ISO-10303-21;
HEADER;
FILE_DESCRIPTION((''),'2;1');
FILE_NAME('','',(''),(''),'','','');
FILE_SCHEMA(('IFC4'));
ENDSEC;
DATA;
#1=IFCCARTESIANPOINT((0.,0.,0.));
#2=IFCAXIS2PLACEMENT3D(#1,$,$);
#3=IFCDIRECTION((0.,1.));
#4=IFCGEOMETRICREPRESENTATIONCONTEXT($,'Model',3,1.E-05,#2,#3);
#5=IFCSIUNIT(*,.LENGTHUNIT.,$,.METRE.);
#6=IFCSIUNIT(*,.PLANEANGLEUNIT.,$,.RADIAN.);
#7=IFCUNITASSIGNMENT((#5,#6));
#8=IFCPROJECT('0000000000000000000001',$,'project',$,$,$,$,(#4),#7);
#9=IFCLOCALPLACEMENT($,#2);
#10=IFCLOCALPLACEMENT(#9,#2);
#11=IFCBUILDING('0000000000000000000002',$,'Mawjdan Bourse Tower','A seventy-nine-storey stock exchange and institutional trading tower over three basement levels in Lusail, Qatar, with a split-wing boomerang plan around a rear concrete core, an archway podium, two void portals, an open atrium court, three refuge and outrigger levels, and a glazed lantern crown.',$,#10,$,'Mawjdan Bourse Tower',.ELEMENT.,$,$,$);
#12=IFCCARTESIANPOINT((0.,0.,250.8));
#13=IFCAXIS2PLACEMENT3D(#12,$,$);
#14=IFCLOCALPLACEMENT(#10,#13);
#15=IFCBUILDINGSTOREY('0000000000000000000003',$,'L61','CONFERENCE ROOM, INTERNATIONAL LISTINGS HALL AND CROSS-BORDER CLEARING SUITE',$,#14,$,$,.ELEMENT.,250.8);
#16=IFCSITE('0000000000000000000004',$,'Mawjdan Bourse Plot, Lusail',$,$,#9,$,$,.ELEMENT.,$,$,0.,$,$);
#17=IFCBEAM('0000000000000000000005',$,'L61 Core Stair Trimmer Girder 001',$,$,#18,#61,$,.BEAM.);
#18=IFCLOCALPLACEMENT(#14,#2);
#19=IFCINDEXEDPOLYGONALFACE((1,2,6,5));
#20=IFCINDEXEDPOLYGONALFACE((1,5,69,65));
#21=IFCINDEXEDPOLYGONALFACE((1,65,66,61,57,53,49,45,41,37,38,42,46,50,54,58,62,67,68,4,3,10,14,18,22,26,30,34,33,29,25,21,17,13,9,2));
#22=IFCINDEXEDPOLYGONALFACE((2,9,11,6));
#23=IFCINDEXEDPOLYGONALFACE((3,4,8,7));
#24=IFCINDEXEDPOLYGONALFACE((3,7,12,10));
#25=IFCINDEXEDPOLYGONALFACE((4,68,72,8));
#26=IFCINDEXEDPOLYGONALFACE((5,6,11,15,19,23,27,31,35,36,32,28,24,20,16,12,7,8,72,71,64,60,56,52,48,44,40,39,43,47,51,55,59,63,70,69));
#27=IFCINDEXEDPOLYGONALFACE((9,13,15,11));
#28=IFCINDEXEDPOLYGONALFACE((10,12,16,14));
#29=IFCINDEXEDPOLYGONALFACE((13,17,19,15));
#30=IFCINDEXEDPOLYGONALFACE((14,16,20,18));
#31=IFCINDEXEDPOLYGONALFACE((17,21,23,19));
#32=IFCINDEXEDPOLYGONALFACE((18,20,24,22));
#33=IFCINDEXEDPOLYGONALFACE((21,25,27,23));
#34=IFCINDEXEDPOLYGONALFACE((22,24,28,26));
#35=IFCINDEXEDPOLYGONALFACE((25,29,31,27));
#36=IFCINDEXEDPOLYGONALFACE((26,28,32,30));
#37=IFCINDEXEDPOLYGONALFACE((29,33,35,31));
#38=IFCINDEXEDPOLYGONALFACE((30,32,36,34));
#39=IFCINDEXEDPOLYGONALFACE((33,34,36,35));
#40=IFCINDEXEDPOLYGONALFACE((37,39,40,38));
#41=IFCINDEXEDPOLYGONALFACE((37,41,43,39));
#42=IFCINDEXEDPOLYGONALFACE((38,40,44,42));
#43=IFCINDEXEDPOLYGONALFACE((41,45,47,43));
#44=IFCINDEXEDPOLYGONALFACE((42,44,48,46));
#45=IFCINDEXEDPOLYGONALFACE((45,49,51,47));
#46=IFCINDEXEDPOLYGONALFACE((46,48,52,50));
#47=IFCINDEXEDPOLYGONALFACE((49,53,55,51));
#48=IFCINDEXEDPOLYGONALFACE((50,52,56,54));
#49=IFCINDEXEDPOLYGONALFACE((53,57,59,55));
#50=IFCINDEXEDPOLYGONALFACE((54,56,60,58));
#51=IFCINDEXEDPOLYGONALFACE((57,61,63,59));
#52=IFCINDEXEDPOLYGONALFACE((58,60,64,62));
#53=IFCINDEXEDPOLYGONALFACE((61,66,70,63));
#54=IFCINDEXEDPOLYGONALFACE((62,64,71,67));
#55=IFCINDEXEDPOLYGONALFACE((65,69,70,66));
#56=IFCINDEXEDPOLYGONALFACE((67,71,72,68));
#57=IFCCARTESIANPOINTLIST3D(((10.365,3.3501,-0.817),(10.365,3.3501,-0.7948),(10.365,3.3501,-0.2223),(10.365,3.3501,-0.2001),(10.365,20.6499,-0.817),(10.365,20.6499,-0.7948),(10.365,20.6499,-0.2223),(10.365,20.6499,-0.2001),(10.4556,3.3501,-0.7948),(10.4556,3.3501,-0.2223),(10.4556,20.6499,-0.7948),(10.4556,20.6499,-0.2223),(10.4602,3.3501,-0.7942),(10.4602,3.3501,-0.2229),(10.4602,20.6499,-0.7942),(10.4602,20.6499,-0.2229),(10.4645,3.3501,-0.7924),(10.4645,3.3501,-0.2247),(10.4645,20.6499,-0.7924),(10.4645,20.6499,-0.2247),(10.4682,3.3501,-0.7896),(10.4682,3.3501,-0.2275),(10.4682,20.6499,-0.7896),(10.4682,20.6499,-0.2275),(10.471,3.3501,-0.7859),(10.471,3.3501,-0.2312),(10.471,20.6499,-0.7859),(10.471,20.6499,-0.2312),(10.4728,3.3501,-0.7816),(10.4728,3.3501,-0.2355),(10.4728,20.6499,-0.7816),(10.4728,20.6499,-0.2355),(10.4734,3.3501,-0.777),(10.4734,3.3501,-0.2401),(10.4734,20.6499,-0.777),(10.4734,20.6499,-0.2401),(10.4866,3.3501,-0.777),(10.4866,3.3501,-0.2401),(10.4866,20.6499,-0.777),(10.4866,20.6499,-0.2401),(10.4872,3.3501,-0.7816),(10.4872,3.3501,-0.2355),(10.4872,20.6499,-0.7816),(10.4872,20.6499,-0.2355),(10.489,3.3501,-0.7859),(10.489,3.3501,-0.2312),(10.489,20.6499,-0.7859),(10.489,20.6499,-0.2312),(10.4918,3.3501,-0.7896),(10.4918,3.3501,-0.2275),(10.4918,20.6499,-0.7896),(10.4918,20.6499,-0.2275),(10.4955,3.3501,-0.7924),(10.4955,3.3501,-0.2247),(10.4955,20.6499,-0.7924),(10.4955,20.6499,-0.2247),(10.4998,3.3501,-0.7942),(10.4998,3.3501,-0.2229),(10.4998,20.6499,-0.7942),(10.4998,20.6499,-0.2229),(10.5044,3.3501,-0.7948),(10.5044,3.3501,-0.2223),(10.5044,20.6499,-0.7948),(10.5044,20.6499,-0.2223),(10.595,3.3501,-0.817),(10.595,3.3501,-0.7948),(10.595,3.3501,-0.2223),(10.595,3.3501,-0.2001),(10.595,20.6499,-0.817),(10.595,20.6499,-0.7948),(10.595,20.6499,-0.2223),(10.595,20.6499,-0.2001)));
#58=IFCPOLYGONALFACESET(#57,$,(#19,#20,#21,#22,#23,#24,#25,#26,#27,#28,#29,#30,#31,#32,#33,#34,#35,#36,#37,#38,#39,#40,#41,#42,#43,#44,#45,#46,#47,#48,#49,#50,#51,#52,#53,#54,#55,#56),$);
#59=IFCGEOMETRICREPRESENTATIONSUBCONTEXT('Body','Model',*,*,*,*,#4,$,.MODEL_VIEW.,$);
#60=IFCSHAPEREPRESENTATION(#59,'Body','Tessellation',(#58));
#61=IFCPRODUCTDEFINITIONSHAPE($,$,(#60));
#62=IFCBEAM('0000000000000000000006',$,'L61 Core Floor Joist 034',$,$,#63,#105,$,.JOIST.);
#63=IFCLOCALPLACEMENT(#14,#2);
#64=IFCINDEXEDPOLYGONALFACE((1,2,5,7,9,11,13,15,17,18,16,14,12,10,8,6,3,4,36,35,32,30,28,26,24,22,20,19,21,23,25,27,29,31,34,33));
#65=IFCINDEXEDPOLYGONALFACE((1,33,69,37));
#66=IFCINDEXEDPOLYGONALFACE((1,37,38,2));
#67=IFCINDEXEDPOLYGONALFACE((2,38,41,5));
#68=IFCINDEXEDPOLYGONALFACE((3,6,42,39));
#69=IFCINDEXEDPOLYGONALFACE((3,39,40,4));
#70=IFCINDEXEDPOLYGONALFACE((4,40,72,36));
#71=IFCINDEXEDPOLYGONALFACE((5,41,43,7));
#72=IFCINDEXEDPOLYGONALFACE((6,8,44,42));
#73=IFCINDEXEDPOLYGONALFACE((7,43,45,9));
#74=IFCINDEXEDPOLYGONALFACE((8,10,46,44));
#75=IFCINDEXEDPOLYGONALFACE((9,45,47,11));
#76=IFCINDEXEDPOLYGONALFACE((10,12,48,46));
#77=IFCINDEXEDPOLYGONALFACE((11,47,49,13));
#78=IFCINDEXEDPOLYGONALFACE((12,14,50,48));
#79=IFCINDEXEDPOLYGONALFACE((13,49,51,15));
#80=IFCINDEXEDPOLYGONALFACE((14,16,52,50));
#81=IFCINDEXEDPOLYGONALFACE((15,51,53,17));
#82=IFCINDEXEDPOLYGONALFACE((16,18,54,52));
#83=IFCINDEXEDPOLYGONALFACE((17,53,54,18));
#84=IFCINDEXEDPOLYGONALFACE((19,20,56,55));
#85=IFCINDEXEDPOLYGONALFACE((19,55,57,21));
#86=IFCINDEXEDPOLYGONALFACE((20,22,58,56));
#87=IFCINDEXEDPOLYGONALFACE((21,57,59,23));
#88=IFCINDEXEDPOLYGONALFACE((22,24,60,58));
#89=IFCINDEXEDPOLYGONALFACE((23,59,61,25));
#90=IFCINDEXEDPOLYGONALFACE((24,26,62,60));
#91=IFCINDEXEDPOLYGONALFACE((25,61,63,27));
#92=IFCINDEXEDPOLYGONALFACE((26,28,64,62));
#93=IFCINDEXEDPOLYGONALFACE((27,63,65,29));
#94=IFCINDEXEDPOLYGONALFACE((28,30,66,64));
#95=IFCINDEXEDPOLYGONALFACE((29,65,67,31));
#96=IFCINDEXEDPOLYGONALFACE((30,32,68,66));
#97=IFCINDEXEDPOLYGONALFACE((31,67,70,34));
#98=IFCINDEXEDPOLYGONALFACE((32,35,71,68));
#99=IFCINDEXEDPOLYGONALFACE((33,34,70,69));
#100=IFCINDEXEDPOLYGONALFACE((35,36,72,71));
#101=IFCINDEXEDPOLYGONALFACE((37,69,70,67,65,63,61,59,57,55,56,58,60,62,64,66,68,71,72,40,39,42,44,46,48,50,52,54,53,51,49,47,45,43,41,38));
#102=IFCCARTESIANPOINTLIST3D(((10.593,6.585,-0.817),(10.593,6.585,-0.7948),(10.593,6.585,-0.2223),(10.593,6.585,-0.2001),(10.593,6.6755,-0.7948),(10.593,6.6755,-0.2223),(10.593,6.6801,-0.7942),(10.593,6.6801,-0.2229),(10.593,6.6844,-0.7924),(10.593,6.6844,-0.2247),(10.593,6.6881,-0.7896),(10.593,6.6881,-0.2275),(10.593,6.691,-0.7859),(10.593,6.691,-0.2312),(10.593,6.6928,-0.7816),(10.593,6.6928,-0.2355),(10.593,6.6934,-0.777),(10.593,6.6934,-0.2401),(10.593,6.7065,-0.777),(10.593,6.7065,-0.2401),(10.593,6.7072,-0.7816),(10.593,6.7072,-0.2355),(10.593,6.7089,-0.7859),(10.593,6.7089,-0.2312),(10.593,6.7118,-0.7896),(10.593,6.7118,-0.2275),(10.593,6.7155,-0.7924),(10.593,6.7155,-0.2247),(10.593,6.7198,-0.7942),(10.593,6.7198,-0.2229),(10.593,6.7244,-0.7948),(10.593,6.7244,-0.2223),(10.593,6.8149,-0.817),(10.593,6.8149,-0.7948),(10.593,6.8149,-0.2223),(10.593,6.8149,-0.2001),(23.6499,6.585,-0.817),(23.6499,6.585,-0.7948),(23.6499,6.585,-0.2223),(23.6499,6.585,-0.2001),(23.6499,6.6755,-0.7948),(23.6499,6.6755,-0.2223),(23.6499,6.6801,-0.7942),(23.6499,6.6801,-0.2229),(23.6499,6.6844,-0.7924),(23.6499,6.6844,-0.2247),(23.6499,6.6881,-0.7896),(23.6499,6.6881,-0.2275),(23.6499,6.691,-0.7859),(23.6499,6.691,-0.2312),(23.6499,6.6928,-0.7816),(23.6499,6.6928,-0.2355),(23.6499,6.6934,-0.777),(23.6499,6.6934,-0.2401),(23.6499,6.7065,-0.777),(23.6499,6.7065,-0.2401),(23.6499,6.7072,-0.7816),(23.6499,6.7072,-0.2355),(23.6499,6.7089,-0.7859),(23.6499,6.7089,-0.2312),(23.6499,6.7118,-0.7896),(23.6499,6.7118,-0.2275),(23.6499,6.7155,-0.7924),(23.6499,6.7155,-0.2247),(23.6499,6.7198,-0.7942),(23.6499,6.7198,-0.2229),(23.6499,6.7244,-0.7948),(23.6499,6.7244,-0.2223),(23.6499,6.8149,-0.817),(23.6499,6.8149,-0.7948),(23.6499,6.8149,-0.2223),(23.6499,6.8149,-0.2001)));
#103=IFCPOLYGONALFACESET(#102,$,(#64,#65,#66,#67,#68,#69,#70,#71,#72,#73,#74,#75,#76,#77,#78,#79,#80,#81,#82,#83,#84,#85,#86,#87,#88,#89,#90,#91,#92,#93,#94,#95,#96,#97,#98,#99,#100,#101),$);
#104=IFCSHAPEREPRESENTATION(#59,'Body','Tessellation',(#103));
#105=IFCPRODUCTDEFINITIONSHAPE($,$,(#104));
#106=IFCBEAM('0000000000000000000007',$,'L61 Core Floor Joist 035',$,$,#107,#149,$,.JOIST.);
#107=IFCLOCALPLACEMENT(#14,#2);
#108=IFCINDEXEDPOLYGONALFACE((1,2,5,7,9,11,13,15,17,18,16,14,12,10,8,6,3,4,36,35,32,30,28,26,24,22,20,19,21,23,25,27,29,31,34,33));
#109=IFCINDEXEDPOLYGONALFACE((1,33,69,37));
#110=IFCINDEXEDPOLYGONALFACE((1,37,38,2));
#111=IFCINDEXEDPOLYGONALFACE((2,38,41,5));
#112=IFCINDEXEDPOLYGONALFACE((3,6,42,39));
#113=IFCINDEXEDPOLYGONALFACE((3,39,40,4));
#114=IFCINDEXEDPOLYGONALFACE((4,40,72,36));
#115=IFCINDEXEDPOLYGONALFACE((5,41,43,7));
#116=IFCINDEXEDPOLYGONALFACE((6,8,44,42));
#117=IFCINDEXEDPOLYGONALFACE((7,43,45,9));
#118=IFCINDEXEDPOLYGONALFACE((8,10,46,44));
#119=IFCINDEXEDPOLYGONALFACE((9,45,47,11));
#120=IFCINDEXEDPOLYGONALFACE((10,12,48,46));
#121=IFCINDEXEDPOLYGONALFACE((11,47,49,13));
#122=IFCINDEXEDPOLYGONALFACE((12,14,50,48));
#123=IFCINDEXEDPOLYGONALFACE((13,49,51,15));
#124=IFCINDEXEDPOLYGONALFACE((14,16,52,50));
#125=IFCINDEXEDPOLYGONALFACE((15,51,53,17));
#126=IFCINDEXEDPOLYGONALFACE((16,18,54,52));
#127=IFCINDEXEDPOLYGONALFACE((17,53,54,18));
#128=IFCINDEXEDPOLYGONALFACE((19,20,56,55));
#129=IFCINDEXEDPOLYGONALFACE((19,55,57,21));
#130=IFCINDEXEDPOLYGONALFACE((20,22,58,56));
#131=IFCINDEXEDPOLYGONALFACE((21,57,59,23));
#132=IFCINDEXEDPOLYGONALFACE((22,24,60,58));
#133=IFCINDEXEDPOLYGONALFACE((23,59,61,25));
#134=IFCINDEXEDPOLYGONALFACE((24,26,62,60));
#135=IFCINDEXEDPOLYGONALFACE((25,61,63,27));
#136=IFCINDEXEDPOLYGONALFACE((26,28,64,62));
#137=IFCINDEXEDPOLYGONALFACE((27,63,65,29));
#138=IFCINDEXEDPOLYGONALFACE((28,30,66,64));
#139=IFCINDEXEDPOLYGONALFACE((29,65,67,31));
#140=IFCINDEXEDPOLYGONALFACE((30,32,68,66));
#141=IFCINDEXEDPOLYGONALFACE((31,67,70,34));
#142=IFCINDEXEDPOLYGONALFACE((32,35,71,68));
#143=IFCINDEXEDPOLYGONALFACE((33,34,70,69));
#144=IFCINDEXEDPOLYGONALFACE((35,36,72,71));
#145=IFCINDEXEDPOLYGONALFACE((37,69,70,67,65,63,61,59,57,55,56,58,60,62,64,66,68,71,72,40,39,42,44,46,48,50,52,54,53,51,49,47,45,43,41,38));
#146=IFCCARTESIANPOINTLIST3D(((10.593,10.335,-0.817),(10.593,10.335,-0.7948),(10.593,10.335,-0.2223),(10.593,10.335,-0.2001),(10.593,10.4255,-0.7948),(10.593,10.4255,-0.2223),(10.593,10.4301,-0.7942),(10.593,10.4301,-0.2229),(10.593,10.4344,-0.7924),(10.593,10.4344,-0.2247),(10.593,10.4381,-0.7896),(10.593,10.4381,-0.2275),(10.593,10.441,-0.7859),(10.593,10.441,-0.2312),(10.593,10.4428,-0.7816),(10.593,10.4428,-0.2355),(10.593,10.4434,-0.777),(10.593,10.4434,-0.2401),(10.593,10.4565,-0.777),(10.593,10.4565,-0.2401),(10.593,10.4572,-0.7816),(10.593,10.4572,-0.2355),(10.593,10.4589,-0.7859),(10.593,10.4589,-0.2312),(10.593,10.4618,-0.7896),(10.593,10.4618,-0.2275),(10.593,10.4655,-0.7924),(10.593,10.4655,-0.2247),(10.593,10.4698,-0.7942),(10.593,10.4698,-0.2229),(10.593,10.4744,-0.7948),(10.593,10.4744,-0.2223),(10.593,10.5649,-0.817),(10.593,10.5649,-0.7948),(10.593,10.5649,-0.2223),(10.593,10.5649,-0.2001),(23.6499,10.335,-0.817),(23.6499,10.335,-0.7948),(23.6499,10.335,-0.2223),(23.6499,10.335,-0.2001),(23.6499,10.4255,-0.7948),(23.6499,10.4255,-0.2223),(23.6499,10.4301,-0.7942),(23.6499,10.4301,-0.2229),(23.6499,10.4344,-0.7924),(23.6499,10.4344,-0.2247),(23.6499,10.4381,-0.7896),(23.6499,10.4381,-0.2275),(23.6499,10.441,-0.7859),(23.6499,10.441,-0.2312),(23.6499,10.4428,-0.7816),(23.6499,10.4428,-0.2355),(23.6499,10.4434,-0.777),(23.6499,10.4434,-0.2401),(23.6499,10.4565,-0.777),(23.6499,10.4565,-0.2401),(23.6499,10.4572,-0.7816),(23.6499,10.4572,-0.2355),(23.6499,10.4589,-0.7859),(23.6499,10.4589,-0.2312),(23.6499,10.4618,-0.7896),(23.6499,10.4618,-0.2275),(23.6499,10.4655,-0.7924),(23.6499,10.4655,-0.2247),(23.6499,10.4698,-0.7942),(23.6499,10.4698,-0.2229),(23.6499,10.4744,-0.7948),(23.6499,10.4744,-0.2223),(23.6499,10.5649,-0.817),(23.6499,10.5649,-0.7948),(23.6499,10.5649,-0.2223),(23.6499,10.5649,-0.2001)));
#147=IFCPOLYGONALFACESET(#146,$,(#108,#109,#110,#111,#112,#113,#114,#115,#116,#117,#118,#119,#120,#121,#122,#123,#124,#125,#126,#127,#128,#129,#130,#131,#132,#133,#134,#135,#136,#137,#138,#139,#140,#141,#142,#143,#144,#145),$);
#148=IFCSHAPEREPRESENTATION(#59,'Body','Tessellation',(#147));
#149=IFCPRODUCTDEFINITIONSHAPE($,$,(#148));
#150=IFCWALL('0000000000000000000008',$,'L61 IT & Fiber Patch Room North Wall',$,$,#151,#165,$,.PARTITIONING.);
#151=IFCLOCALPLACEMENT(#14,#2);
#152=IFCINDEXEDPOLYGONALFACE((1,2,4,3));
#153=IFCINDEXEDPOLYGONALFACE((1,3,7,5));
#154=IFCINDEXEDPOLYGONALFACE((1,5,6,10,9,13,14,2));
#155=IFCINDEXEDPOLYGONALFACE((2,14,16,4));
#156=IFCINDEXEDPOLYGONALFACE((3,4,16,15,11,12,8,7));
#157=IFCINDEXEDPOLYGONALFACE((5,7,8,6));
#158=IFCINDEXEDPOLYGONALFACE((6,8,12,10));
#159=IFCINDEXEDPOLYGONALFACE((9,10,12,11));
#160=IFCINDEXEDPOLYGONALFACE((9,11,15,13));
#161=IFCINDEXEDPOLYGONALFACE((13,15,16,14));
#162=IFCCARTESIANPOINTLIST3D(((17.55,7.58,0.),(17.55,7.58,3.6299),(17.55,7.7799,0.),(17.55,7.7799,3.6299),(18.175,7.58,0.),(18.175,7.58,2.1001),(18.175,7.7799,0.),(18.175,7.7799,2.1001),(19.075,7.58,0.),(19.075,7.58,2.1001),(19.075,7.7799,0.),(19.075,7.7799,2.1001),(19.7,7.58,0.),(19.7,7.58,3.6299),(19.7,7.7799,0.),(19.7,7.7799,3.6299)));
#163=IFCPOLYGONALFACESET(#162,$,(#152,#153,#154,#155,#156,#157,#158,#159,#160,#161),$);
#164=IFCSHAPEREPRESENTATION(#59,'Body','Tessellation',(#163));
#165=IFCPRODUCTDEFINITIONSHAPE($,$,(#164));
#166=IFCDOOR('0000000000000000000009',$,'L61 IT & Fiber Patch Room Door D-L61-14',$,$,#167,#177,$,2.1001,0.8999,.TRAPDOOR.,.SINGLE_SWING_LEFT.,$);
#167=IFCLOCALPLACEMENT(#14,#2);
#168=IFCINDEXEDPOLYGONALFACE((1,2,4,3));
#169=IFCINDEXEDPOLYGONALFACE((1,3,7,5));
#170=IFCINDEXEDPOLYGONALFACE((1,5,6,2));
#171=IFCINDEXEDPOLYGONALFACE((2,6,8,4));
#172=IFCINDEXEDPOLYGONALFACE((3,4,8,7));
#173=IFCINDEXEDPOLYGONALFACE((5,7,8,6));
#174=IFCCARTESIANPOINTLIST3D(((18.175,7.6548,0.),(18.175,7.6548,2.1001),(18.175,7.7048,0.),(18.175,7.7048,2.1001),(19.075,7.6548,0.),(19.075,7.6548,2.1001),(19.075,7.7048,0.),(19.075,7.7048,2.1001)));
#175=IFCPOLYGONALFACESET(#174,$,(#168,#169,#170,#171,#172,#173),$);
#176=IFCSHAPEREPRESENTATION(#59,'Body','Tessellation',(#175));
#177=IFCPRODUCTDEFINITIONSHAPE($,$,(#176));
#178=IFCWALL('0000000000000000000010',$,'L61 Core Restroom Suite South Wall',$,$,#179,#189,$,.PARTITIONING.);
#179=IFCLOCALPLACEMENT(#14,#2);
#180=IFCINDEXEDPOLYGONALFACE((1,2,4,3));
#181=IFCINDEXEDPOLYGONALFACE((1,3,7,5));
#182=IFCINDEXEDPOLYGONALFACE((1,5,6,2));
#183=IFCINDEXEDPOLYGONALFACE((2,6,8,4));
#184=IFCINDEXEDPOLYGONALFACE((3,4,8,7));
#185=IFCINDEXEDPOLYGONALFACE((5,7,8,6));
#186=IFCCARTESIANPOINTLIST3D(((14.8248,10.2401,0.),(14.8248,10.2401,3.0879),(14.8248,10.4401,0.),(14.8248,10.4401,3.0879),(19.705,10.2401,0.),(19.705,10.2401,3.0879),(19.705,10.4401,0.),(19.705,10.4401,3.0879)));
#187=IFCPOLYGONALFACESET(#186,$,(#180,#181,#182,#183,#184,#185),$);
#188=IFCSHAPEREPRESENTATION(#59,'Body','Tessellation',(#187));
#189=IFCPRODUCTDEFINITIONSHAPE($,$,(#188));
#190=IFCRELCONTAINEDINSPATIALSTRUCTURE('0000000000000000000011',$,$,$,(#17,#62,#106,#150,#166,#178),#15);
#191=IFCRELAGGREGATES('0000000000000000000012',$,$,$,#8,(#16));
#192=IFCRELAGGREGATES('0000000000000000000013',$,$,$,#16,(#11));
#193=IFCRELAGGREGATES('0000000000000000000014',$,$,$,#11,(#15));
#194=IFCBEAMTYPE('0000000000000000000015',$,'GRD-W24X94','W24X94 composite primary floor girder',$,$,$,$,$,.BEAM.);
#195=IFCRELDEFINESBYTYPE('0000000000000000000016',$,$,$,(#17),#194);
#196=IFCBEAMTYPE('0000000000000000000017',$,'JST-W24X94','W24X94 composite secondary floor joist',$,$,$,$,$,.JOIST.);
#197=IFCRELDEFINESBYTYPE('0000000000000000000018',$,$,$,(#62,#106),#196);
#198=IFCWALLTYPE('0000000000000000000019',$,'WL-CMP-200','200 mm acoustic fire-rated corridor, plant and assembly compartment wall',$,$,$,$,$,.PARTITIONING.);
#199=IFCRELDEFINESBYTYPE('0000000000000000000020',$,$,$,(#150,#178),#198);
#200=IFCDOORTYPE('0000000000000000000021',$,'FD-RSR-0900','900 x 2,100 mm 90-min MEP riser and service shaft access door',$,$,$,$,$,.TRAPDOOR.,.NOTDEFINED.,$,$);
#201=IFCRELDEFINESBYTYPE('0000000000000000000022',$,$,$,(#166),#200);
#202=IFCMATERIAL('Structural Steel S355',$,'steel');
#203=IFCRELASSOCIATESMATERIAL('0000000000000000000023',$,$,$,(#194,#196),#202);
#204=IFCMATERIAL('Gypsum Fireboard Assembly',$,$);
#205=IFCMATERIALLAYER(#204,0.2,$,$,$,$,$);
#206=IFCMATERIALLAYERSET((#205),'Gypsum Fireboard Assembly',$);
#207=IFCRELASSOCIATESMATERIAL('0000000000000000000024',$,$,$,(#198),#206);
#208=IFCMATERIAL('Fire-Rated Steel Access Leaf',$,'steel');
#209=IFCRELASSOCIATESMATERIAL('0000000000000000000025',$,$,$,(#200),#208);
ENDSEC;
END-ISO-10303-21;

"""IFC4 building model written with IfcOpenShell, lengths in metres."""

from ifc_helpers import new_model, si_unit, direction, frame, frame_2d, origin, origin_2d, place, context, subcontext, project, spatial, rectangle, i_section, extrude, material, layer, layer_set, material_profile, profile_set, type_object, element, fill, save


model = new_model("IFC4")

# Units and contexts
model_context = context("Model", 3, precision=1e-05, world=origin(), true_north=direction((0.0, 1.0)))
body_context = subcontext(model_context, "Body", "Model", "MODEL_VIEW")
ifc_project = project(units=[si_unit("LENGTHUNIT", "METRE"), si_unit("PLANEANGLEUNIT", "RADIAN")], contexts=[model_context])

# Site, building, storey
site_placement = place(None, origin())
site = spatial("IfcSite", under=ifc_project, at=site_placement, Name="Mawjdan Bourse Plot, Lusail", CompositionType="ELEMENT", RefElevation=0.0)
building_placement = place(site_placement, origin())
building = spatial("IfcBuilding", under=site, at=building_placement, Name="Mawjdan Bourse Tower", Description="A seventy-nine-storey stock exchange and institutional trading tower over three basement levels in Lusail, Qatar, with a split-wing boomerang plan around a rear concrete core, an archway podium, two void portals, an open atrium court, three refuge and outrigger levels, and a glazed lantern crown.", LongName="Mawjdan Bourse Tower", CompositionType="ELEMENT")
storey_placement = place(building_placement, frame((0.0, 0.0, 250.8)))
storey = spatial("IfcBuildingStorey", under=building, at=storey_placement, Name="L61", Description="CONFERENCE ROOM, INTERNATIONAL LISTINGS HALL AND CROSS-BORDER CLEARING SUITE", CompositionType="ELEMENT", Elevation=250.8)

# Beams
ifc_material_1 = material(Name="Structural Steel S355", Category="steel")
ifc_material_profile_1 = material_profile(ifc_material_1, i_section(OverallWidth=0.23, OverallDepth=0.6169, WebThickness=0.0132, FlangeThickness=0.0222, FilletRadius=0.0178, at=origin_2d()), Name="W24X94")
ifc_profile_set_1 = profile_set([ifc_material_profile_1], Name="Structural Steel S355")
beam_type_1 = type_object("IfcBeamType", Name="GRD-W24X94", Description="W24X94 composite primary floor girder", PredefinedType="BEAM", material=ifc_profile_set_1)
beam_placement = place(storey_placement, frame((10.48, 3.3501, -0.5085), z_axis=(0.0, 1.0, 0.0), x_axis=(-1.0, 0.0, 0.0)))
element("IfcBeam", 1, at=beam_placement, inside=storey, type_object=beam_type_1, Name="L61 Core Stair Trimmer Girder 001", PredefinedType="BEAM", context=body_context, shape_type="SweptSolid", body=[
    extrude(i_section(OverallWidth=0.23, OverallDepth=0.6169, WebThickness=0.0132, FlangeThickness=0.0222, FilletRadius=0.0178, at=origin_2d()), origin(), (0.0, 0.0, 1.0), 17.2998),
])
ifc_material_profile_2 = material_profile(ifc_material_1, i_section(OverallWidth=0.23, OverallDepth=0.6169, WebThickness=0.0132, FlangeThickness=0.0222, FilletRadius=0.0178, at=origin_2d()), Name="W24X94")
ifc_profile_set_2 = profile_set([ifc_material_profile_2], Name="Structural Steel S355")
beam_type_2 = type_object("IfcBeamType", Name="JST-W24X94", Description="W24X94 composite secondary floor joist", PredefinedType="JOIST", material=ifc_profile_set_2)
for number, where, z_axis, x_axis, name in (
    (2, (10.593, 6.7, -0.5085), (1.0, 0.0, 0.0), (0.0, 1.0, 0.0), "L61 Core Floor Joist 034"),
    (3, (10.593, 10.45, -0.5085), (1.0, 0.0, 0.0), (0.0, 1.0, 0.0), "L61 Core Floor Joist 035"),
):
    element("IfcBeam", number, at=place(storey_placement, frame(where, z_axis=z_axis, x_axis=x_axis)), inside=storey, type_object=beam_type_2, Name=name, PredefinedType="JOIST", context=body_context, shape_type="SweptSolid", body=[
        extrude(i_section(OverallWidth=0.23, OverallDepth=0.6169, WebThickness=0.0132, FlangeThickness=0.0222, FilletRadius=0.0178, at=origin_2d()), origin(), (0.0, 0.0, 1.0), 13.0569),
    ])

# Wall, opening, door
ifc_material_2 = material(Name="Gypsum Fireboard Assembly")
ifc_layer_1 = layer(ifc_material_2, 0.2)
ifc_layer_set_1 = layer_set([ifc_layer_1], Name="Gypsum Fireboard Assembly")
wall_type_1 = type_object("IfcWallType", Name="WL-CMP-200", Description="200 mm acoustic fire-rated corridor, plant and assembly compartment wall", PredefinedType="PARTITIONING", material=ifc_layer_set_1)
wall_1_placement = place(storey_placement, frame((17.55, 7.6799, 0.0), z_axis=(0.0, 0.0, 1.0), x_axis=(1.0, 0.0, 0.0)))
wall_1 = element("IfcWall", 4, at=wall_1_placement, inside=storey, type_object=wall_type_1, Name="L61 IT & Fiber Patch Room North Wall", PredefinedType="PARTITIONING", context=body_context, shape_type="SweptSolid", body=[
    extrude(rectangle(XDim=2.1499, YDim=0.2, at=frame_2d((1.075, 0.0))), origin(), (0.0, 0.0, 1.0), 3.6299),
])
opening_1_placement = place(wall_1_placement, frame((0.625, 0.0, 0.0)))
opening_1 = element("IfcOpeningElement", 5, at=opening_1_placement, cuts=wall_1, PredefinedType="OPENING", context=body_context, shape_type="SweptSolid", body=[
    extrude(rectangle(XDim=0.8999, YDim=2.1001, at=frame_2d((0.45, 1.05))), frame((0.0, 0.1099, 0.0), z_axis=(0.0, -1.0, 0.0), x_axis=(1.0, 0.0, 0.0)), (0.0, 0.0, 1.0), 0.22),
])
ifc_material_3 = material(Name="Fire-Rated Steel Access Leaf", Category="steel")
door_type_1 = type_object("IfcDoorType", Name="FD-RSR-0900", Description="900 x 2,100 mm 90-min MEP riser and service shaft access door", OperationType="NOTDEFINED", PredefinedType="TRAPDOOR", material=ifc_material_3)
door_1_placement = place(opening_1_placement, origin())
door_1 = element("IfcDoor", 6, at=door_1_placement, inside=storey, type_object=door_type_1, Name="L61 IT & Fiber Patch Room Door D-L61-14", OperationType="SINGLE_SWING_LEFT", OverallHeight=2.1001, OverallWidth=0.8999, PredefinedType="TRAPDOOR", context=body_context, shape_type="SweptSolid", body=[
    extrude(rectangle(XDim=0.8999, YDim=2.1001, at=frame_2d((0.45, 1.05))), frame((0.0, 0.0249, 0.0), z_axis=(0.0, -1.0, 0.0), x_axis=(1.0, 0.0, 0.0)), (0.0, 0.0, 1.0), 0.05),
])
fill(opening_1, door_1)

# Wall
wall_2_placement = place(storey_placement, frame((14.825, 10.3401, 0.0), z_axis=(0.0, 0.0, 1.0), x_axis=(1.0, 0.0, 0.0)))
element("IfcWall", 7, at=wall_2_placement, inside=storey, type_object=wall_type_1, Name="L61 Core Restroom Suite South Wall", PredefinedType="PARTITIONING", context=body_context, shape_type="SweptSolid", body=[
    extrude(rectangle(XDim=4.8801, YDim=0.2, at=frame_2d((2.4399, 0.0))), origin(), (0.0, 0.0, 1.0), 3.0879),
])

save(model, "model.ifc")
